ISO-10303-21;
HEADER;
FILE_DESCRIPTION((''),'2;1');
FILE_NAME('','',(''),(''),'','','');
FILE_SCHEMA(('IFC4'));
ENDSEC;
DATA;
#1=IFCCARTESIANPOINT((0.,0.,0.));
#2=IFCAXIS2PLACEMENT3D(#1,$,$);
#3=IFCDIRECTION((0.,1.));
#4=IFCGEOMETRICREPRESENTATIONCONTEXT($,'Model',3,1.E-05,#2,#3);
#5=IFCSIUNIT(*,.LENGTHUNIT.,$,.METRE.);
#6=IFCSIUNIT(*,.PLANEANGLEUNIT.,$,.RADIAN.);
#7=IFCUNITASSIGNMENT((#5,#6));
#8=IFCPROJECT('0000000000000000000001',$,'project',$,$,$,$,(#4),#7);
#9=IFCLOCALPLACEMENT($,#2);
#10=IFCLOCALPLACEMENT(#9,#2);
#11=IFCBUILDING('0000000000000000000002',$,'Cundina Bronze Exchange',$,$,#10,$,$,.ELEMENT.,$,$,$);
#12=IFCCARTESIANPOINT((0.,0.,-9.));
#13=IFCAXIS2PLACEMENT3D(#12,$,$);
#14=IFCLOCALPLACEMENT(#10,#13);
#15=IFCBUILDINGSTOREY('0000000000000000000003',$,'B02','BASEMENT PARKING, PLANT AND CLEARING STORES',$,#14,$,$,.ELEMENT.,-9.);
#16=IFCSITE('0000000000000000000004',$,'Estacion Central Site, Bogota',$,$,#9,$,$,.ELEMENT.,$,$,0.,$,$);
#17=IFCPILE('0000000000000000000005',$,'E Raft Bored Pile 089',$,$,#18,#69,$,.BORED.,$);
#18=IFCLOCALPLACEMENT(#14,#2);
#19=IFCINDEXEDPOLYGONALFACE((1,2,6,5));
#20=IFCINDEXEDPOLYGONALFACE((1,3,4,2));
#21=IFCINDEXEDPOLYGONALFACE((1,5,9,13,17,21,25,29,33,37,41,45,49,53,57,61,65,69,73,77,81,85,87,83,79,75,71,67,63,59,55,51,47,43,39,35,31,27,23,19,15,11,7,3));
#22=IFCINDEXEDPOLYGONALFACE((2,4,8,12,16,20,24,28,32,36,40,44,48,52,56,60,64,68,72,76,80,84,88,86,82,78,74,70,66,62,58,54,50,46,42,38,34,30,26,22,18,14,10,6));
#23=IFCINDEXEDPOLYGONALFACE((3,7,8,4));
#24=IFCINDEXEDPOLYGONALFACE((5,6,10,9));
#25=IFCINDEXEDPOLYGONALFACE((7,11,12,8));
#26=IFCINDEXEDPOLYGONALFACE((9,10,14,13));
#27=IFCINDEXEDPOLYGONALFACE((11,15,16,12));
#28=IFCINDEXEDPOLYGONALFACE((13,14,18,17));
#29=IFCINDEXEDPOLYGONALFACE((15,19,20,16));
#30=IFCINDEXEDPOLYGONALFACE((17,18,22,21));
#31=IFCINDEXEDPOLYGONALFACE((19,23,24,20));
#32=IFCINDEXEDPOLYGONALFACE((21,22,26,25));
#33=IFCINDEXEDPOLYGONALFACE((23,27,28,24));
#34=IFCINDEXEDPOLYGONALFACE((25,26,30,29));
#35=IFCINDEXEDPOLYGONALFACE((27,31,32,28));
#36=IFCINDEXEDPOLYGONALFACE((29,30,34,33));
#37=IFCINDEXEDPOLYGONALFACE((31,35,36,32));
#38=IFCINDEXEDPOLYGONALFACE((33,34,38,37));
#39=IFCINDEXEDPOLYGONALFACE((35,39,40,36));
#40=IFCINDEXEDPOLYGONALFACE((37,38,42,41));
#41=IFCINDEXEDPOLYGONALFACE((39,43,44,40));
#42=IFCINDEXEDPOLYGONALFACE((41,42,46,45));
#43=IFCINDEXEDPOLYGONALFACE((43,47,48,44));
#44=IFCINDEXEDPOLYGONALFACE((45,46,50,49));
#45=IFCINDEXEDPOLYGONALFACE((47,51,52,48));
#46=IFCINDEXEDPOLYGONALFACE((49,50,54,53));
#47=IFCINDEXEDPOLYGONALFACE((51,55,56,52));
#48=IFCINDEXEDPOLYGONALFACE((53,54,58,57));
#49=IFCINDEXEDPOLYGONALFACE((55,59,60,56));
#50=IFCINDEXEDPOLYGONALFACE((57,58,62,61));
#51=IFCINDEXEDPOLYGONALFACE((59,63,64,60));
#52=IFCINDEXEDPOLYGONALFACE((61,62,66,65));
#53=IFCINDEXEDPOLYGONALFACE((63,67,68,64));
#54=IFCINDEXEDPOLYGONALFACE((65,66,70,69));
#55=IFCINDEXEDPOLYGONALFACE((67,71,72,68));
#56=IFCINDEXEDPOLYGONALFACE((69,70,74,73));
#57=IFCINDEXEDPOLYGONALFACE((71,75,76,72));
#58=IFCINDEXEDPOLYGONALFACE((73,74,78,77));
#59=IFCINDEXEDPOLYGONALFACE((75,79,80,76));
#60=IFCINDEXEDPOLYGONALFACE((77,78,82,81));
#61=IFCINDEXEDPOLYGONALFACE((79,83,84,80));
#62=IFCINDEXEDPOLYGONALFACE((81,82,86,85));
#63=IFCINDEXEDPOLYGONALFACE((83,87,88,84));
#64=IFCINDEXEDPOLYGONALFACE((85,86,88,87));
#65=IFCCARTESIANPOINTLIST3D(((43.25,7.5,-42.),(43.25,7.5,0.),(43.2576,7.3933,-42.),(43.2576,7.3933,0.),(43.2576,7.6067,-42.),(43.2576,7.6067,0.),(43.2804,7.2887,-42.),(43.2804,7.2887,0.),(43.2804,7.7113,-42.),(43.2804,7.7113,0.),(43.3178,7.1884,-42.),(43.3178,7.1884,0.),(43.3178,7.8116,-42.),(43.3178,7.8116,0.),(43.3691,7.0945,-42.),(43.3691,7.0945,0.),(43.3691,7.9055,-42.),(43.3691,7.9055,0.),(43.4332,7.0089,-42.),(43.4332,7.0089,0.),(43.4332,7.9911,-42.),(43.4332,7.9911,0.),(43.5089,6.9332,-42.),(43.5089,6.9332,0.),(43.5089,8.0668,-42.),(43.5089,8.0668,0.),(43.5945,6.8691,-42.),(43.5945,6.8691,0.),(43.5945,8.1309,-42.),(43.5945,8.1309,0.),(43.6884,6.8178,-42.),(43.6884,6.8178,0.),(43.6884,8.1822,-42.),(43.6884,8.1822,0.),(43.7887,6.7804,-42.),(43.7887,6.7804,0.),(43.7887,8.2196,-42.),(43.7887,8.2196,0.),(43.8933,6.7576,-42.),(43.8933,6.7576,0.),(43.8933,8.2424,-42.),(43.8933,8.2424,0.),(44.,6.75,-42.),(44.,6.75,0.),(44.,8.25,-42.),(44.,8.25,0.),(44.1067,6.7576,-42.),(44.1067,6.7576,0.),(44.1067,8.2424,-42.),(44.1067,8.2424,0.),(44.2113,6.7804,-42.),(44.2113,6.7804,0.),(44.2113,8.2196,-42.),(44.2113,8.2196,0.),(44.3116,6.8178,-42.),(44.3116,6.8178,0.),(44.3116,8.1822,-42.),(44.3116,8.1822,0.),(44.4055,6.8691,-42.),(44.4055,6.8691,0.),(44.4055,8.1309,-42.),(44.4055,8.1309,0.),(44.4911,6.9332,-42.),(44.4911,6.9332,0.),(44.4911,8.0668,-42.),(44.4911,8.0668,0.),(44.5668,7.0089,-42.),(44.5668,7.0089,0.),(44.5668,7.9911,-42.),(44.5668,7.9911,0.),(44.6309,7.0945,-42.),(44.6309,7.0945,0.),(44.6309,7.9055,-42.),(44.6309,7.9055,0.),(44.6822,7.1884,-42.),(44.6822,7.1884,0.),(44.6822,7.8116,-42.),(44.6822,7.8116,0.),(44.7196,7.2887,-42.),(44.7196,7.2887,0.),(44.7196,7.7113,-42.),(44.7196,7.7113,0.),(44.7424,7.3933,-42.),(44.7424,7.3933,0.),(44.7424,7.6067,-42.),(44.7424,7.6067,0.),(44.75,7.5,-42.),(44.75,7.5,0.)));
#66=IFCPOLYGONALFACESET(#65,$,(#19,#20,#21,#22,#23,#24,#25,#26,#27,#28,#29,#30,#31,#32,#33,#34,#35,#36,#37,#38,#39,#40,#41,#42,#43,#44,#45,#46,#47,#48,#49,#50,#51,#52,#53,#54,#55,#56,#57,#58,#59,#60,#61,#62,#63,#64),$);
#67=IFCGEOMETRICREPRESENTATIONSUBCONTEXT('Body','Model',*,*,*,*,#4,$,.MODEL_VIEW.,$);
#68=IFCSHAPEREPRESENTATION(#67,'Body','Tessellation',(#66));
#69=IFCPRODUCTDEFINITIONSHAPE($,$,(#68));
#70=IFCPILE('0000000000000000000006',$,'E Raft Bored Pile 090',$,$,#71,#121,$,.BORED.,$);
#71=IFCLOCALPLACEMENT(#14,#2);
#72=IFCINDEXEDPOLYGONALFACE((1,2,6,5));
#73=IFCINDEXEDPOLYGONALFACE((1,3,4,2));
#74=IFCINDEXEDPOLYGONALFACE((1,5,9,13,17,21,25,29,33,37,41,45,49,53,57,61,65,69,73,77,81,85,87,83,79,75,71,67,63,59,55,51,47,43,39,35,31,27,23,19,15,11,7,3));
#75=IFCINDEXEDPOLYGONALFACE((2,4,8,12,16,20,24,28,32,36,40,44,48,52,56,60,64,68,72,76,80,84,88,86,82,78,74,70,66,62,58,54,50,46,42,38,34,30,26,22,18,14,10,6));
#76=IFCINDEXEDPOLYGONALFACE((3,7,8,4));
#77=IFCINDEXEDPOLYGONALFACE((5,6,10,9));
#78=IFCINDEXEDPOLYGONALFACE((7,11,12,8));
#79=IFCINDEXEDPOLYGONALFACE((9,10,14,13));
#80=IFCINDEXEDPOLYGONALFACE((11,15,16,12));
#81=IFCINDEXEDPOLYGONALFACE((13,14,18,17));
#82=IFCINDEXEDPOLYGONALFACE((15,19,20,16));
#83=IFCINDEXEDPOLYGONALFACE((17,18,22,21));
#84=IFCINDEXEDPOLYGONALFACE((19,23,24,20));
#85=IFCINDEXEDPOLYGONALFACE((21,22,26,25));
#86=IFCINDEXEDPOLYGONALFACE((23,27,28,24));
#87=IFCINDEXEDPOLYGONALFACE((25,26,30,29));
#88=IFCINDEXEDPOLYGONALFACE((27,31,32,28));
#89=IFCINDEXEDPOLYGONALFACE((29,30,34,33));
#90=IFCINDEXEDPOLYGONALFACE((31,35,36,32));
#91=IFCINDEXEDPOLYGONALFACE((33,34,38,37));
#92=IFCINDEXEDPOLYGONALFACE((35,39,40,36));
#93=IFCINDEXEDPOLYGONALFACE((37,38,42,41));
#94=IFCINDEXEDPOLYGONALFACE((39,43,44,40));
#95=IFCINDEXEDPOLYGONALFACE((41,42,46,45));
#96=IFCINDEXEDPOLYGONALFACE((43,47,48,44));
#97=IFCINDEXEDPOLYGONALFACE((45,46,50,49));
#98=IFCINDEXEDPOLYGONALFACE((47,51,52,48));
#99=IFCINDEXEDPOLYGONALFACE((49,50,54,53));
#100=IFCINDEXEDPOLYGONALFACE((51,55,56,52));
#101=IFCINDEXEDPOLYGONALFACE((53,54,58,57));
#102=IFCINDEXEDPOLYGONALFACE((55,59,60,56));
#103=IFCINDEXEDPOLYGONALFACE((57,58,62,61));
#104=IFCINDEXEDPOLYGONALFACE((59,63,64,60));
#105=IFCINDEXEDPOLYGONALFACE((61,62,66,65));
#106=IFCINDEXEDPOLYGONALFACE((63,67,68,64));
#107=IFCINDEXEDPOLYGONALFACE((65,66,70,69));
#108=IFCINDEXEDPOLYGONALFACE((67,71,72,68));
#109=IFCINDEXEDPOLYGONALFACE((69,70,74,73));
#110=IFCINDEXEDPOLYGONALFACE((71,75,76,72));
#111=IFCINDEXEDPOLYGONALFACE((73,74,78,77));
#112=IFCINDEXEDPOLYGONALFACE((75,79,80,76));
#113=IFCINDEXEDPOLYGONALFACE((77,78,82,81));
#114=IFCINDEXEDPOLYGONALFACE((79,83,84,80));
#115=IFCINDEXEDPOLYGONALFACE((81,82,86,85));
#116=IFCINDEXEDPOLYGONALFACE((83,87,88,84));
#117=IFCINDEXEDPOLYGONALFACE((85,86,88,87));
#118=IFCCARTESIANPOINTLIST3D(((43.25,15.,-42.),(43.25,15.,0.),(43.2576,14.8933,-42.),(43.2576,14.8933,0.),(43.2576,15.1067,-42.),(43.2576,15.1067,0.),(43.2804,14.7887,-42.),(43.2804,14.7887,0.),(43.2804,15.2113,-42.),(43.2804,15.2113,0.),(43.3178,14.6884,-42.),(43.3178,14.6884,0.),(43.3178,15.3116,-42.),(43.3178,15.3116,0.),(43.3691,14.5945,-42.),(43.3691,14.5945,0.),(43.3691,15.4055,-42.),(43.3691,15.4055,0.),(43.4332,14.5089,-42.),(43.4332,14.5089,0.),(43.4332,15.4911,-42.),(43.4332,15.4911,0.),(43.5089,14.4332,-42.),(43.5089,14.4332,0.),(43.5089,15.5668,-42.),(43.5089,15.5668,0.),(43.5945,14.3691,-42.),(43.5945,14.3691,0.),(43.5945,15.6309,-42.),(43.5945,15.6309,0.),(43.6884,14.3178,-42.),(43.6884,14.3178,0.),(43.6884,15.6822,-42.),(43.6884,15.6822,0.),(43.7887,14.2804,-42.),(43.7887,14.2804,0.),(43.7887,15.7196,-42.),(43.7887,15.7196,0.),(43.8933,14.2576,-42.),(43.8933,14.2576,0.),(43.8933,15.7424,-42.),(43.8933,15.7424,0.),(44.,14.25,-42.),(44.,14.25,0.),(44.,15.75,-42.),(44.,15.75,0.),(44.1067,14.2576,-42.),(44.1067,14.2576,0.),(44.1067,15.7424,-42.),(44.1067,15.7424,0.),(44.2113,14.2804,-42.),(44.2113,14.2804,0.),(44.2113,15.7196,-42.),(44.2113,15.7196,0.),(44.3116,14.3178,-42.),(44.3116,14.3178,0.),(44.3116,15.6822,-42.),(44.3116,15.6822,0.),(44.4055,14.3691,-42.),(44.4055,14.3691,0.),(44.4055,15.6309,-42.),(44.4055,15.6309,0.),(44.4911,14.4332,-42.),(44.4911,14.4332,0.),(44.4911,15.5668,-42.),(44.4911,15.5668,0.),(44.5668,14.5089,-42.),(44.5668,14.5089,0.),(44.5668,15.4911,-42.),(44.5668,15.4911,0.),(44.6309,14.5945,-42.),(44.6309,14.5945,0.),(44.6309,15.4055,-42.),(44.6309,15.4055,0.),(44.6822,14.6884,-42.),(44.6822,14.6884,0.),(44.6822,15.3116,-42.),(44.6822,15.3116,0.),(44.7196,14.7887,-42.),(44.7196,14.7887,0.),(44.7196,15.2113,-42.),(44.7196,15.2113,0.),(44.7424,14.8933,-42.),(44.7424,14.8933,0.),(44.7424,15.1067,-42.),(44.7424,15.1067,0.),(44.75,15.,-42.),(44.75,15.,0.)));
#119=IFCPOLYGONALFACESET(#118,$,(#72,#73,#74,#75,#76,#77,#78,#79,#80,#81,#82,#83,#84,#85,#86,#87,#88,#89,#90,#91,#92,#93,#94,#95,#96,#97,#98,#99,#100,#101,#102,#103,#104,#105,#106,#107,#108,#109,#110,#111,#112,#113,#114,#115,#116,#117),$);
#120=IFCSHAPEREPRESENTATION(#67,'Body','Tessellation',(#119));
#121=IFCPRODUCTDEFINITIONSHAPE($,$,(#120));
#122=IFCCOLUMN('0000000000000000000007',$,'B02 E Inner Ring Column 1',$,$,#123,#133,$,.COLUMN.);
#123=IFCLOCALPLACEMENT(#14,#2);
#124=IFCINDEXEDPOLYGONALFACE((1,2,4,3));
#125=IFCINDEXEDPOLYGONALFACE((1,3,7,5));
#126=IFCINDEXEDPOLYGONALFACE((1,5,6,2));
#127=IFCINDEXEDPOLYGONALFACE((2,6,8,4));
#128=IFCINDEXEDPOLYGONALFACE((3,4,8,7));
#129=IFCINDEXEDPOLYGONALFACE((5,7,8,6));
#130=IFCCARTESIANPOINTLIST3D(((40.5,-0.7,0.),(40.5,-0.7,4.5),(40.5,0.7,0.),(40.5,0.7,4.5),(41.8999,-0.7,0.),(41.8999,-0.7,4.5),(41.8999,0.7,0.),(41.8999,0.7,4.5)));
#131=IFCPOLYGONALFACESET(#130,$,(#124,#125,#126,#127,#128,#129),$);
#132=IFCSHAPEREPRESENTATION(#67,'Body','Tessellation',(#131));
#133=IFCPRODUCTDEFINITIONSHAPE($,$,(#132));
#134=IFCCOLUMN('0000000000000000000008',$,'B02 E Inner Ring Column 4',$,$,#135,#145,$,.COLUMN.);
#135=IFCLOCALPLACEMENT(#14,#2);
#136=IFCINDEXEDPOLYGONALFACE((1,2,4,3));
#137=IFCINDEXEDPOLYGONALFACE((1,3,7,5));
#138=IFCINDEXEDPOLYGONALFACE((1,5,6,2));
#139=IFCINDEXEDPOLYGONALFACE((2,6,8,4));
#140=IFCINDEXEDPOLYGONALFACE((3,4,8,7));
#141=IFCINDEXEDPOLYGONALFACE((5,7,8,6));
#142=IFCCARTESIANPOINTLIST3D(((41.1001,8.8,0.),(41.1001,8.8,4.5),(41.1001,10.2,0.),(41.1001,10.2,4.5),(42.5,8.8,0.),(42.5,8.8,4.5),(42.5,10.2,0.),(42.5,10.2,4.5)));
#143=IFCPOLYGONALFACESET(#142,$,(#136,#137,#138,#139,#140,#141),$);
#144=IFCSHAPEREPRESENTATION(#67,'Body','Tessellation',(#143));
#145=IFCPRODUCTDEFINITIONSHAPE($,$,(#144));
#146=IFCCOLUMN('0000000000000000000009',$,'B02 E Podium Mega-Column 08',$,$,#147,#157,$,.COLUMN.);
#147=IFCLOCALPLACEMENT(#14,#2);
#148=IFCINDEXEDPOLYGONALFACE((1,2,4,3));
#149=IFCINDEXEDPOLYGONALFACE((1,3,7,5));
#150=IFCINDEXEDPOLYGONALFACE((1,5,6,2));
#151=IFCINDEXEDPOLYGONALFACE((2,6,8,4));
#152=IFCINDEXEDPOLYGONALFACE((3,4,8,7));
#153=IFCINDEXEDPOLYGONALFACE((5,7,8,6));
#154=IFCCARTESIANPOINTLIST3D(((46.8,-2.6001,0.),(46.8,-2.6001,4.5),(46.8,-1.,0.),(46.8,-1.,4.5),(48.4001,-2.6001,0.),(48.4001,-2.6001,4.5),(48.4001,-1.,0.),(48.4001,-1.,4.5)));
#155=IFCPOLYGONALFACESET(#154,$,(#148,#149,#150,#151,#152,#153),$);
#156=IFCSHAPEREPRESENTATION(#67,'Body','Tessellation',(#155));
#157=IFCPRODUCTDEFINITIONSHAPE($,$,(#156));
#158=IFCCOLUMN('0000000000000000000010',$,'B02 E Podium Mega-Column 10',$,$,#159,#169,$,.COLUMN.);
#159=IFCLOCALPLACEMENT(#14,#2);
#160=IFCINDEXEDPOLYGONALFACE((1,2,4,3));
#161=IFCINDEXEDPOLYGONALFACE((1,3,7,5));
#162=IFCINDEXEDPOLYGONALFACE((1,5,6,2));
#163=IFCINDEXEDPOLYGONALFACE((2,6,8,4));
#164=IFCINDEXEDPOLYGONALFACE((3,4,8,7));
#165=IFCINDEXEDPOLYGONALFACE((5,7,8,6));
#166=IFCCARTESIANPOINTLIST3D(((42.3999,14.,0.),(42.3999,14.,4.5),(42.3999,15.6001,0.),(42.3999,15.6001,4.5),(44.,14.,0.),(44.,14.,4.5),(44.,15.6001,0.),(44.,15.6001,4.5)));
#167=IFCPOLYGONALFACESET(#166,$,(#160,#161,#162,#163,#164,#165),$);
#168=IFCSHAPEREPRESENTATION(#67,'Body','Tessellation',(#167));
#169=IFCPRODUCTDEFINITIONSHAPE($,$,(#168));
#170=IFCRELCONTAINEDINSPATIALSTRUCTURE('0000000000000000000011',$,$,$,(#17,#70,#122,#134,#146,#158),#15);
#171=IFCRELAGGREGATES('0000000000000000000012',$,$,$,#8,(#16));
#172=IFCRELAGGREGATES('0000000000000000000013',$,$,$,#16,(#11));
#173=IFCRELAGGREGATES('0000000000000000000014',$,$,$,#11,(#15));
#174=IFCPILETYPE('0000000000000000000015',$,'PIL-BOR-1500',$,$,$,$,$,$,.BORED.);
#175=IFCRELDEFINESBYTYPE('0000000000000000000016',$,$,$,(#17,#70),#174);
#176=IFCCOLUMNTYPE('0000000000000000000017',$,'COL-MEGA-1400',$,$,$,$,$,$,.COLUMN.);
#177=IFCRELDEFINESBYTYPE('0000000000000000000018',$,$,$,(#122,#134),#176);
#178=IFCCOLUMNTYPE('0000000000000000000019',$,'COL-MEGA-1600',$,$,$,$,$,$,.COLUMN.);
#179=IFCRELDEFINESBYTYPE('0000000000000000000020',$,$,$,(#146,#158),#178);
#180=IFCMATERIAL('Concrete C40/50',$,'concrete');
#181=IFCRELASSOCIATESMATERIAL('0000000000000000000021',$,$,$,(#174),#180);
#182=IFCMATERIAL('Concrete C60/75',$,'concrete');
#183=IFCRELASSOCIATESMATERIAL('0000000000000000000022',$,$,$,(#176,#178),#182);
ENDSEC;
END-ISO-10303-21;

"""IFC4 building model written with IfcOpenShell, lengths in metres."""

from ifc_helpers import new_model, si_unit, direction, frame, origin, origin_2d, place, context, subcontext, project, spatial, rectangle, circle, extrude, material, material_profile, profile_set, type_object, element, save


model = new_model("IFC4")

# Units and contexts
model_context = context("Model", 3, precision=1e-05, world=origin(), true_north=direction((0.0, 1.0)))
body_context = subcontext(model_context, "Body", "Model", "MODEL_VIEW")
ifc_project = project(units=[si_unit("LENGTHUNIT", "METRE"), si_unit("PLANEANGLEUNIT", "RADIAN")], contexts=[model_context])

# Site, building, storey
site_placement = place(None, origin())
site = spatial("IfcSite", under=ifc_project, at=site_placement, Name="Estacion Central Site, Bogota", CompositionType="ELEMENT", RefElevation=0.0)
building_placement = place(site_placement, origin())
building = spatial("IfcBuilding", under=site, at=building_placement, Name="Cundina Bronze Exchange", CompositionType="ELEMENT")
storey_placement = place(building_placement, frame((0.0, 0.0, -9.0)))
storey = spatial("IfcBuildingStorey", under=building, at=storey_placement, Name="B02", Description="BASEMENT PARKING, PLANT AND CLEARING STORES", CompositionType="ELEMENT", Elevation=-9.0)

# Shared definitions
ifc_material_1 = material(Name="Concrete C40/50", Category="concrete")

# Piles
ifc_material_profile_1 = material_profile(ifc_material_1, circle(Radius=0.75, at=origin_2d()), Name="PILE1500D", Category="concrete")
ifc_profile_set_1 = profile_set([ifc_material_profile_1], Name="Concrete C40/50")
pile_type_1 = type_object("IfcPileType", Name="PIL-BOR-1500", PredefinedType="BORED", material=ifc_profile_set_1)
for number, where, z_axis, x_axis, name in (
    (1, (44.0, 7.5, 0.0), (0.0, 0.0, -1.0), (1.0, 0.0, 0.0), "E Raft Bored Pile 089"),
    (2, (44.0, 15.0, 0.0), (0.0, 0.0, -1.0), (1.0, 0.0, 0.0), "E Raft Bored Pile 090"),
):
    element("IfcPile", number, at=place(storey_placement, frame(where, z_axis=z_axis, x_axis=x_axis)), inside=storey, type_object=pile_type_1, Name=name, PredefinedType="BORED", context=body_context, shape_type="SweptSolid", body=[
        extrude(circle(Radius=0.75, at=origin_2d()), origin(), (0.0, 0.0, 1.0), 42.0),
    ])

# Columns
ifc_material_2 = material(Name="Concrete C60/75", Category="concrete")
ifc_material_profile_2 = material_profile(ifc_material_2, rectangle(XDim=1.3999, YDim=1.3999, at=origin_2d()), Name="RC1400X1400", Category="concrete")
ifc_profile_set_2 = profile_set([ifc_material_profile_2], Name="Concrete C60/75")
column_type_1 = type_object("IfcColumnType", Name="COL-MEGA-1400", PredefinedType="COLUMN", material=ifc_profile_set_2)
for number, where, z_axis, x_axis, name in (
    (3, (41.2, 0.0, 0.0), (0.0, 0.0, 1.0), (1.0, 0.0, 0.0), "B02 E Inner Ring Column 1"),
    (4, (41.8, 9.5, 0.0), (0.0, 0.0, 1.0), (1.0, 0.0, 0.0), "B02 E Inner Ring Column 4"),
):
    element("IfcColumn", number, at=place(storey_placement, frame(where, z_axis=z_axis, x_axis=x_axis)), inside=storey, type_object=column_type_1, Name=name, PredefinedType="COLUMN", context=body_context, shape_type="SweptSolid", body=[
        extrude(rectangle(XDim=1.3999, YDim=1.3999, at=origin_2d()), origin(), (0.0, 0.0, 1.0), 4.5),
    ])
ifc_material_profile_3 = material_profile(ifc_material_2, rectangle(XDim=1.6001, YDim=1.6001, at=origin_2d()), Name="RC1600X1600", Category="concrete")
ifc_profile_set_3 = profile_set([ifc_material_profile_3], Name="Concrete C60/75")
column_type_2 = type_object("IfcColumnType", Name="COL-MEGA-1600", PredefinedType="COLUMN", material=ifc_profile_set_3)
for number, where, z_axis, x_axis, name in (
    (5, (47.6001, -1.8, 0.0), (0.0, 0.0, 1.0), (1.0, 0.0, 0.0), "B02 E Podium Mega-Column 08"),
    (6, (43.2, 14.8, 0.0), (0.0, 0.0, 1.0), (1.0, 0.0, 0.0), "B02 E Podium Mega-Column 10"),
):
    element("IfcColumn", number, at=place(storey_placement, frame(where, z_axis=z_axis, x_axis=x_axis)), inside=storey, type_object=column_type_2, Name=name, PredefinedType="COLUMN", context=body_context, shape_type="SweptSolid", body=[
        extrude(rectangle(XDim=1.6001, YDim=1.6001, at=origin_2d()), origin(), (0.0, 0.0, 1.0), 4.5),
    ])

save(model, "model.ifc")
